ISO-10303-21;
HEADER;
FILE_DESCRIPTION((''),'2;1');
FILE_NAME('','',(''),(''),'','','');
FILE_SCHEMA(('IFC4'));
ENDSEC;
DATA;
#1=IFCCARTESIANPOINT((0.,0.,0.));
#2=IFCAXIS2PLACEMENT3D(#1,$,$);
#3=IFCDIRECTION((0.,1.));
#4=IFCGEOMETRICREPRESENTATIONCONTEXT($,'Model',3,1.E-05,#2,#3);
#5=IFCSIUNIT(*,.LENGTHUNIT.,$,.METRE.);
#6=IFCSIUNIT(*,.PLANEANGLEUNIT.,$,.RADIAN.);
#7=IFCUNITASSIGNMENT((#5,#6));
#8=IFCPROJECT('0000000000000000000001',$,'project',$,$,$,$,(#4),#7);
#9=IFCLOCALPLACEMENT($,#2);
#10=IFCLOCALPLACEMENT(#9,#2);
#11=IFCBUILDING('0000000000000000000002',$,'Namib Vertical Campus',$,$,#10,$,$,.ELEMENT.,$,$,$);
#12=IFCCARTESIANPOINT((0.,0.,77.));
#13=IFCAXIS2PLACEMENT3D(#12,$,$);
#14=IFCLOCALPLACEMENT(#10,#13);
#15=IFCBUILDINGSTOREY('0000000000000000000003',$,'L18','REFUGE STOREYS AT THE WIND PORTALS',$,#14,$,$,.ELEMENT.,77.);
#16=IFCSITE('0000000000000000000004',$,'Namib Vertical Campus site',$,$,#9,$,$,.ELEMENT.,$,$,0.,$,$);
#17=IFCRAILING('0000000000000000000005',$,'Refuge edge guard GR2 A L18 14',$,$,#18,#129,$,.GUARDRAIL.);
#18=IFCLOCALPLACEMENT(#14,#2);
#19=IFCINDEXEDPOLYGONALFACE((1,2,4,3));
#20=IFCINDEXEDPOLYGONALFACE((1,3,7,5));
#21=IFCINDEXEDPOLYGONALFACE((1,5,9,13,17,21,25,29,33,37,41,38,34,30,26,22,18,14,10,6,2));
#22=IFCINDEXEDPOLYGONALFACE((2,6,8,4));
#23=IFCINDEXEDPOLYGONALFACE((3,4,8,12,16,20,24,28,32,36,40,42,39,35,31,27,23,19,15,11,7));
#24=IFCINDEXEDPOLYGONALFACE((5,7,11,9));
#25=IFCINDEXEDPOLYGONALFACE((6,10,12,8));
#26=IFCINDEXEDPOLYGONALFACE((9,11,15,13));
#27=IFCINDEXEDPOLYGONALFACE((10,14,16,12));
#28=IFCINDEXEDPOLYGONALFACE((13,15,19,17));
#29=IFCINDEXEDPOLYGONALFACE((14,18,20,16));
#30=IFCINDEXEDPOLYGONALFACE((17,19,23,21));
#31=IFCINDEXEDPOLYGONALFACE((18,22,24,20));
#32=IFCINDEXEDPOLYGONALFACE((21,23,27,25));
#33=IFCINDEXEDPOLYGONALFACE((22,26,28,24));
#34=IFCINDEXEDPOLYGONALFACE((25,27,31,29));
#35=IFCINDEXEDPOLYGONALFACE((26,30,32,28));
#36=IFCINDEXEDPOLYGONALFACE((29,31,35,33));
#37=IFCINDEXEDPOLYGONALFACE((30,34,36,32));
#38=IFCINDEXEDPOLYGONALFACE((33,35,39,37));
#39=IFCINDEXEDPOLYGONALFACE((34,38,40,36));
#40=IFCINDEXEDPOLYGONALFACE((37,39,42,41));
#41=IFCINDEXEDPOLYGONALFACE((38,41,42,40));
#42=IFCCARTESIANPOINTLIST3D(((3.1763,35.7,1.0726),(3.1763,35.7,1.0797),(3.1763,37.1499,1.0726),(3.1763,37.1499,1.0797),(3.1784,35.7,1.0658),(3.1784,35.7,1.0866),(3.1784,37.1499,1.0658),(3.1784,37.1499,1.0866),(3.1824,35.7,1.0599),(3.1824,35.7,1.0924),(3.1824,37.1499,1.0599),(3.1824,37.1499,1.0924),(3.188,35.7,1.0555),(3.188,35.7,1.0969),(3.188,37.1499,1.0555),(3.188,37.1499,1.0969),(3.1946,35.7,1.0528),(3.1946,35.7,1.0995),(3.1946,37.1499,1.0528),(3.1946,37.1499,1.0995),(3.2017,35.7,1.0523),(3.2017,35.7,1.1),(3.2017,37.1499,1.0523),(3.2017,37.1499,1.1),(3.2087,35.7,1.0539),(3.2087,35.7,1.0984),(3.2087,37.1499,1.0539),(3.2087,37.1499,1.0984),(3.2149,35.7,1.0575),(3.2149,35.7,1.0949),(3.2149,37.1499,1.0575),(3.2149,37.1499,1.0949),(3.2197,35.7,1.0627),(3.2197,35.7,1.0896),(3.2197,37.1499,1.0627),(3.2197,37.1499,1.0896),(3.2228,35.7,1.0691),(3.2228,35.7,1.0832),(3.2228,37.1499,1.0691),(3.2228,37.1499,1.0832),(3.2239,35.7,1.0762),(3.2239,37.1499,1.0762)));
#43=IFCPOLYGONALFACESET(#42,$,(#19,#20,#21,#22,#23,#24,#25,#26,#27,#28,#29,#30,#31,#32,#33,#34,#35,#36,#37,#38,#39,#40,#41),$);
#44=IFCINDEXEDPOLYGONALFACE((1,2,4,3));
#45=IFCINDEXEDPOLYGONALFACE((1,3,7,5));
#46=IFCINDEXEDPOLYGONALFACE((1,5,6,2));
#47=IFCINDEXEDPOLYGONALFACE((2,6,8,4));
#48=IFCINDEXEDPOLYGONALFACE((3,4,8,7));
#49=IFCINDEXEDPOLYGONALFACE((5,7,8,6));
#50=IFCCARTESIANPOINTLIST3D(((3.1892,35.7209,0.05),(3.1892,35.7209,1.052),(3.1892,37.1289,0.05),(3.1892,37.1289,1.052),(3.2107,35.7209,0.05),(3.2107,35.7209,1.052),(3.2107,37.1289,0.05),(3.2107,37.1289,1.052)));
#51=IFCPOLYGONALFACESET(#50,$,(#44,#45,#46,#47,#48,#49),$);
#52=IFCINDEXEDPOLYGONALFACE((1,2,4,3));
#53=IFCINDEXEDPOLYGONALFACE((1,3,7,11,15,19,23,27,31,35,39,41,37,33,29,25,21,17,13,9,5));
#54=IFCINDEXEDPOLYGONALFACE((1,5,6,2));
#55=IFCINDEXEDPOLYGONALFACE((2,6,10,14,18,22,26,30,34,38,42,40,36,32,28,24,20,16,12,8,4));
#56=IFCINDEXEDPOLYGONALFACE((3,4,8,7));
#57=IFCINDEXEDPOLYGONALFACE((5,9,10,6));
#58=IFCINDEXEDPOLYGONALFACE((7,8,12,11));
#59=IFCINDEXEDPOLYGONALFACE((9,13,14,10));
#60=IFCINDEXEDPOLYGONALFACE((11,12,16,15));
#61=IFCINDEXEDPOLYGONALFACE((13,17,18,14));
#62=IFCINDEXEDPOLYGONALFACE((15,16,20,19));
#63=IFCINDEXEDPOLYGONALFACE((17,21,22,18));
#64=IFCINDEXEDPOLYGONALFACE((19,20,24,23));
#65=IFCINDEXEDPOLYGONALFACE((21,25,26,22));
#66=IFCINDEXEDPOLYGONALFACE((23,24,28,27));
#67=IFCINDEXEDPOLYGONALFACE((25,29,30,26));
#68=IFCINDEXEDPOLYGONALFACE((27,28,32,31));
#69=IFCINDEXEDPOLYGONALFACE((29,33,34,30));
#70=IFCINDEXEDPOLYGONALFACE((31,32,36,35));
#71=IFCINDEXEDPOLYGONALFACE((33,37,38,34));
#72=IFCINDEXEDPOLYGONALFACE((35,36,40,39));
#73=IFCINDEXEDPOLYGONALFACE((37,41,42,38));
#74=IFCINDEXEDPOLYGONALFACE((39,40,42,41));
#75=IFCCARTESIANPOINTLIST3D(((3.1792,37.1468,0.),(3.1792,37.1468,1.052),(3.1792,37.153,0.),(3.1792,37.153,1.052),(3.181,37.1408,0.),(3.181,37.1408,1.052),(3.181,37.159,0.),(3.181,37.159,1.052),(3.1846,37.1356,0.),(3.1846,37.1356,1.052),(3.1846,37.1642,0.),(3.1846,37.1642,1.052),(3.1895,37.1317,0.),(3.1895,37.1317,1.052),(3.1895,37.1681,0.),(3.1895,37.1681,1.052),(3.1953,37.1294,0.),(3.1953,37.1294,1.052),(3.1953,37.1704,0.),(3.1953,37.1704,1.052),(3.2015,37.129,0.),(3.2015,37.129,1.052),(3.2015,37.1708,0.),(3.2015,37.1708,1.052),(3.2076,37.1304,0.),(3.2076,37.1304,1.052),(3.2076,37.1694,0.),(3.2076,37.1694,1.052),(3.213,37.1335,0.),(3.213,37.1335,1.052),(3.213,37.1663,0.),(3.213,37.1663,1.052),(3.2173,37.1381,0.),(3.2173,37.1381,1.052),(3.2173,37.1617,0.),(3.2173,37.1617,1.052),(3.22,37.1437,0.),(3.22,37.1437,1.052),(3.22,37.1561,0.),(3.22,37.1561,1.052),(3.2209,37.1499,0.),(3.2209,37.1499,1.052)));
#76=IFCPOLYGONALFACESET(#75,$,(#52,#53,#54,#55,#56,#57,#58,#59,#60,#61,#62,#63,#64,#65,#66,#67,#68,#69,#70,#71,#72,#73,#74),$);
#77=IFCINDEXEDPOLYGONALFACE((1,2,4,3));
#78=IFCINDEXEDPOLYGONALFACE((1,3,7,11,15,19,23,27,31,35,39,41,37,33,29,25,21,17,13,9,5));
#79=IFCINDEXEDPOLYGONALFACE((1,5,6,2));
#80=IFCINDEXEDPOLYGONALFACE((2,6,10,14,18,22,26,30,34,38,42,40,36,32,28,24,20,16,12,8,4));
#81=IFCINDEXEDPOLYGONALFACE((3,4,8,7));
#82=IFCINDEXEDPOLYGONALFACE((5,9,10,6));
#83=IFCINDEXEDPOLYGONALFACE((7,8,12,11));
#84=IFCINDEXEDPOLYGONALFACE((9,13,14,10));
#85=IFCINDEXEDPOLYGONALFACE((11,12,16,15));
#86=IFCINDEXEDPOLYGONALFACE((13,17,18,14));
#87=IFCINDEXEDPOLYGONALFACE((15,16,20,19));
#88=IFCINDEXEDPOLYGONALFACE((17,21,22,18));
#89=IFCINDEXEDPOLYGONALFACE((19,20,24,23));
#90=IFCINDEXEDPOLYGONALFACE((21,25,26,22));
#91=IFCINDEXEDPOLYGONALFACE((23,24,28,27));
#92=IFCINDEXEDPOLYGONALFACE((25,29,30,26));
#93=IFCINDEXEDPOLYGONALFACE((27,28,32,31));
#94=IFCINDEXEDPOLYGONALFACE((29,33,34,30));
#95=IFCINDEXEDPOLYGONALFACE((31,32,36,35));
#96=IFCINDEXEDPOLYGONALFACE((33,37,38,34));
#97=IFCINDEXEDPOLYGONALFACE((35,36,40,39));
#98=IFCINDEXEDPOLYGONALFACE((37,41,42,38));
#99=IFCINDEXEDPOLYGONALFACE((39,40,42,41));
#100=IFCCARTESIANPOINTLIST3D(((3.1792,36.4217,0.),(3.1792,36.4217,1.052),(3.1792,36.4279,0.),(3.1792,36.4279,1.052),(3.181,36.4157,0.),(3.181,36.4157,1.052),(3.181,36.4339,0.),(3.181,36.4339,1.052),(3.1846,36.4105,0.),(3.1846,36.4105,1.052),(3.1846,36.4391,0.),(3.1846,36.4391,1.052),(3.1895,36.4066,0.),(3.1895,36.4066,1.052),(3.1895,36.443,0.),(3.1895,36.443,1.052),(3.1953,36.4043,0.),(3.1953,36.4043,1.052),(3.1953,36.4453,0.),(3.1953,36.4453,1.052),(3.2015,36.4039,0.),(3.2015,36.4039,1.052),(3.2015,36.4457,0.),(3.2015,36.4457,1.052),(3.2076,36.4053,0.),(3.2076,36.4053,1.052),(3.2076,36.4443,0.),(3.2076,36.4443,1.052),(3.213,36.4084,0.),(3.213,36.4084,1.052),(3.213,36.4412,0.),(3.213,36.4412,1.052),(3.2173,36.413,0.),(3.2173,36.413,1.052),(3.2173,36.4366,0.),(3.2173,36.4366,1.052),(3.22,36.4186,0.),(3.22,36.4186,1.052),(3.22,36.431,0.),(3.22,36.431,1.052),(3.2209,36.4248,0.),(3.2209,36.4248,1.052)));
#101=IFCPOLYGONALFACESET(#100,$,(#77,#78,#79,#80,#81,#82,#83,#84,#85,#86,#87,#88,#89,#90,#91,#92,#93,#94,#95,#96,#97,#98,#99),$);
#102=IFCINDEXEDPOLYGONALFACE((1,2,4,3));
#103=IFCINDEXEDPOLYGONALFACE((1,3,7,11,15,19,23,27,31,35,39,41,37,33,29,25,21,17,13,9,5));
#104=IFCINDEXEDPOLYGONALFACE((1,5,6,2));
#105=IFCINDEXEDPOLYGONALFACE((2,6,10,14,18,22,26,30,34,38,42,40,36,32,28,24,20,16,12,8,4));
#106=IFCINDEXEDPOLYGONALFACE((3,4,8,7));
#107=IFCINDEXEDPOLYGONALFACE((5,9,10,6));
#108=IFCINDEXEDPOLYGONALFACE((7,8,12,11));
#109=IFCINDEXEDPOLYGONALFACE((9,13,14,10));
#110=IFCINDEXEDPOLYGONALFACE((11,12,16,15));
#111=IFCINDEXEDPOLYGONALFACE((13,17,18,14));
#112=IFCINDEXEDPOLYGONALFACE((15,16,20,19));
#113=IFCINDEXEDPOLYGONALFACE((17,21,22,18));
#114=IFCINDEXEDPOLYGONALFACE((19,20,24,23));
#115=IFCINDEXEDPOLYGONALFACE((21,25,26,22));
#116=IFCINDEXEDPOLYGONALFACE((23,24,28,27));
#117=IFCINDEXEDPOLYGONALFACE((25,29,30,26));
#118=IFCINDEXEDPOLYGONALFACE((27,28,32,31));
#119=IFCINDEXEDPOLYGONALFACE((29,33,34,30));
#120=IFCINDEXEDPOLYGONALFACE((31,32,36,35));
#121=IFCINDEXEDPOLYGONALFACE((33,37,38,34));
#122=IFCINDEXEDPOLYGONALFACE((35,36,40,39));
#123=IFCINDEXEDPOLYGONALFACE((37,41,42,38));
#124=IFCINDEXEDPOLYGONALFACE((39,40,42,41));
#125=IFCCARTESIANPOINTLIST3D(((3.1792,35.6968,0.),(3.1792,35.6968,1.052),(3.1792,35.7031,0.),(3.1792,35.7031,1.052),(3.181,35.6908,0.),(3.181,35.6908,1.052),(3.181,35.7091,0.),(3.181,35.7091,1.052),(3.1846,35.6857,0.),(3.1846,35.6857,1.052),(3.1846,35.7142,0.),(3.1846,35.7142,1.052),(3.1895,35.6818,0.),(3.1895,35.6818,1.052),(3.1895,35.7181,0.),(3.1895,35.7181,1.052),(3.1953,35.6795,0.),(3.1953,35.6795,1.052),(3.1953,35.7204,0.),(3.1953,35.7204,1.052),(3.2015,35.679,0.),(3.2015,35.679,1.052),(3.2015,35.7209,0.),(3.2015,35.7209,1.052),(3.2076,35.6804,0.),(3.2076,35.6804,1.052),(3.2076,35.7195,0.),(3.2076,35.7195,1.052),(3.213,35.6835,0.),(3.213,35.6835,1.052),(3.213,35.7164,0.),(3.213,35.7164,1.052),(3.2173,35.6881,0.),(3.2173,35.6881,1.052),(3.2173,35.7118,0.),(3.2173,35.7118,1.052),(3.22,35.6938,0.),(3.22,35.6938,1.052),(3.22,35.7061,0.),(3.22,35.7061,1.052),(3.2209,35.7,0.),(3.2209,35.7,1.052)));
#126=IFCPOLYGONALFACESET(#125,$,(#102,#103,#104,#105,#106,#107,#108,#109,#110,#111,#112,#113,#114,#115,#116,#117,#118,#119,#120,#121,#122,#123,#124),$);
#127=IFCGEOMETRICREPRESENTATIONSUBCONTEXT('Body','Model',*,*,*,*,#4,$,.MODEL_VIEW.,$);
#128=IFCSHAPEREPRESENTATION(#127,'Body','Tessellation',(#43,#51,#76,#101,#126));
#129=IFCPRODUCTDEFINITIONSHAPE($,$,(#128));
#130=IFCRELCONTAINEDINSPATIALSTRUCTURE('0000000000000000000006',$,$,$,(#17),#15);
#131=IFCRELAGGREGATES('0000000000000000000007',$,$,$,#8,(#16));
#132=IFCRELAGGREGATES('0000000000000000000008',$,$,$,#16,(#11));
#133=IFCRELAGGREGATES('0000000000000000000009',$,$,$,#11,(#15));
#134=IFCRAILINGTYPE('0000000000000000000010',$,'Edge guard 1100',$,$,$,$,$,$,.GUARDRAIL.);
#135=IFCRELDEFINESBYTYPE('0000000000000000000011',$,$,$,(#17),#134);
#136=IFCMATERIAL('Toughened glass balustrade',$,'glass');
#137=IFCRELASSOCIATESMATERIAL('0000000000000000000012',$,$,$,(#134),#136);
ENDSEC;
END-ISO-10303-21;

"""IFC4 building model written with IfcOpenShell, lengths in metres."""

from ifc_helpers import new_model, si_unit, direction, frame, origin, origin_2d, place, context, subcontext, project, spatial, polyline, circle, outline, extrude, material, type_object, element, save


model = new_model("IFC4")

# Units and contexts
model_context = context("Model", 3, precision=1e-05, world=origin(), true_north=direction((0.0, 1.0)))
body_context = subcontext(model_context, "Body", "Model", "MODEL_VIEW")
ifc_project = project(units=[si_unit("LENGTHUNIT", "METRE"), si_unit("PLANEANGLEUNIT", "RADIAN")], contexts=[model_context])

# Site, building, storey
site_placement = place(None, origin())
site = spatial("IfcSite", under=ifc_project, at=site_placement, Name="Namib Vertical Campus site", CompositionType="ELEMENT", RefElevation=0.0)
building_placement = place(site_placement, origin())
building = spatial("IfcBuilding", under=site, at=building_placement, Name="Namib Vertical Campus", CompositionType="ELEMENT")
storey_placement = place(building_placement, frame((0.0, 0.0, 77.0)))
storey = spatial("IfcBuildingStorey", under=building, at=storey_placement, Name="L18", Description="REFUGE STOREYS AT THE WIND PORTALS", CompositionType="ELEMENT", Elevation=77.0)

# Railing
ifc_material_1 = material(Name="Toughened glass balustrade", Category="glass")
railing_type = type_object("IfcRailingType", Name="Edge guard 1100", PredefinedType="GUARDRAIL", material=ifc_material_1)
railing_1_placement = place(storey_placement, frame((3.2, 37.1499, 0.0)))
element("IfcRailing", 1, at=railing_1_placement, inside=storey, type_object=railing_type, Name="Refuge edge guard GR2 A L18 14", PredefinedType="GUARDRAIL", context=body_context, shape_type="SweptSolid", body=[
    extrude(circle(Radius=0.0239, at=origin_2d()), frame((0.0, 0.0, 1.0762), z_axis=(0.0, -1.0, 0.0), x_axis=(1.0, 0.0, 0.0)), (0.0, 0.0, 1.0), 1.45),
    extrude(outline(polyline([(0.021, 0.05), (1.429, 0.05), (1.429, 1.052), (0.021, 1.052), (0.021, 0.05)])), frame((0.0107, 0.0, 0.0), z_axis=(-1.0, 0.0, 0.0), x_axis=(0.0, -1.0, 0.0)), (0.0, 0.0, 1.0), 0.0215),
    extrude(circle(Radius=0.021, at=origin_2d()), origin(), (0.0, 0.0, 1.0), 1.052),
    extrude(circle(Radius=0.021, at=origin_2d()), frame((0.0, -0.7251, 0.0)), (0.0, 0.0, 1.0), 1.052),
    extrude(circle(Radius=0.021, at=origin_2d()), frame((0.0, -1.45, 0.0)), (0.0, 0.0, 1.0), 1.052),
])

save(model, "model.ifc")
